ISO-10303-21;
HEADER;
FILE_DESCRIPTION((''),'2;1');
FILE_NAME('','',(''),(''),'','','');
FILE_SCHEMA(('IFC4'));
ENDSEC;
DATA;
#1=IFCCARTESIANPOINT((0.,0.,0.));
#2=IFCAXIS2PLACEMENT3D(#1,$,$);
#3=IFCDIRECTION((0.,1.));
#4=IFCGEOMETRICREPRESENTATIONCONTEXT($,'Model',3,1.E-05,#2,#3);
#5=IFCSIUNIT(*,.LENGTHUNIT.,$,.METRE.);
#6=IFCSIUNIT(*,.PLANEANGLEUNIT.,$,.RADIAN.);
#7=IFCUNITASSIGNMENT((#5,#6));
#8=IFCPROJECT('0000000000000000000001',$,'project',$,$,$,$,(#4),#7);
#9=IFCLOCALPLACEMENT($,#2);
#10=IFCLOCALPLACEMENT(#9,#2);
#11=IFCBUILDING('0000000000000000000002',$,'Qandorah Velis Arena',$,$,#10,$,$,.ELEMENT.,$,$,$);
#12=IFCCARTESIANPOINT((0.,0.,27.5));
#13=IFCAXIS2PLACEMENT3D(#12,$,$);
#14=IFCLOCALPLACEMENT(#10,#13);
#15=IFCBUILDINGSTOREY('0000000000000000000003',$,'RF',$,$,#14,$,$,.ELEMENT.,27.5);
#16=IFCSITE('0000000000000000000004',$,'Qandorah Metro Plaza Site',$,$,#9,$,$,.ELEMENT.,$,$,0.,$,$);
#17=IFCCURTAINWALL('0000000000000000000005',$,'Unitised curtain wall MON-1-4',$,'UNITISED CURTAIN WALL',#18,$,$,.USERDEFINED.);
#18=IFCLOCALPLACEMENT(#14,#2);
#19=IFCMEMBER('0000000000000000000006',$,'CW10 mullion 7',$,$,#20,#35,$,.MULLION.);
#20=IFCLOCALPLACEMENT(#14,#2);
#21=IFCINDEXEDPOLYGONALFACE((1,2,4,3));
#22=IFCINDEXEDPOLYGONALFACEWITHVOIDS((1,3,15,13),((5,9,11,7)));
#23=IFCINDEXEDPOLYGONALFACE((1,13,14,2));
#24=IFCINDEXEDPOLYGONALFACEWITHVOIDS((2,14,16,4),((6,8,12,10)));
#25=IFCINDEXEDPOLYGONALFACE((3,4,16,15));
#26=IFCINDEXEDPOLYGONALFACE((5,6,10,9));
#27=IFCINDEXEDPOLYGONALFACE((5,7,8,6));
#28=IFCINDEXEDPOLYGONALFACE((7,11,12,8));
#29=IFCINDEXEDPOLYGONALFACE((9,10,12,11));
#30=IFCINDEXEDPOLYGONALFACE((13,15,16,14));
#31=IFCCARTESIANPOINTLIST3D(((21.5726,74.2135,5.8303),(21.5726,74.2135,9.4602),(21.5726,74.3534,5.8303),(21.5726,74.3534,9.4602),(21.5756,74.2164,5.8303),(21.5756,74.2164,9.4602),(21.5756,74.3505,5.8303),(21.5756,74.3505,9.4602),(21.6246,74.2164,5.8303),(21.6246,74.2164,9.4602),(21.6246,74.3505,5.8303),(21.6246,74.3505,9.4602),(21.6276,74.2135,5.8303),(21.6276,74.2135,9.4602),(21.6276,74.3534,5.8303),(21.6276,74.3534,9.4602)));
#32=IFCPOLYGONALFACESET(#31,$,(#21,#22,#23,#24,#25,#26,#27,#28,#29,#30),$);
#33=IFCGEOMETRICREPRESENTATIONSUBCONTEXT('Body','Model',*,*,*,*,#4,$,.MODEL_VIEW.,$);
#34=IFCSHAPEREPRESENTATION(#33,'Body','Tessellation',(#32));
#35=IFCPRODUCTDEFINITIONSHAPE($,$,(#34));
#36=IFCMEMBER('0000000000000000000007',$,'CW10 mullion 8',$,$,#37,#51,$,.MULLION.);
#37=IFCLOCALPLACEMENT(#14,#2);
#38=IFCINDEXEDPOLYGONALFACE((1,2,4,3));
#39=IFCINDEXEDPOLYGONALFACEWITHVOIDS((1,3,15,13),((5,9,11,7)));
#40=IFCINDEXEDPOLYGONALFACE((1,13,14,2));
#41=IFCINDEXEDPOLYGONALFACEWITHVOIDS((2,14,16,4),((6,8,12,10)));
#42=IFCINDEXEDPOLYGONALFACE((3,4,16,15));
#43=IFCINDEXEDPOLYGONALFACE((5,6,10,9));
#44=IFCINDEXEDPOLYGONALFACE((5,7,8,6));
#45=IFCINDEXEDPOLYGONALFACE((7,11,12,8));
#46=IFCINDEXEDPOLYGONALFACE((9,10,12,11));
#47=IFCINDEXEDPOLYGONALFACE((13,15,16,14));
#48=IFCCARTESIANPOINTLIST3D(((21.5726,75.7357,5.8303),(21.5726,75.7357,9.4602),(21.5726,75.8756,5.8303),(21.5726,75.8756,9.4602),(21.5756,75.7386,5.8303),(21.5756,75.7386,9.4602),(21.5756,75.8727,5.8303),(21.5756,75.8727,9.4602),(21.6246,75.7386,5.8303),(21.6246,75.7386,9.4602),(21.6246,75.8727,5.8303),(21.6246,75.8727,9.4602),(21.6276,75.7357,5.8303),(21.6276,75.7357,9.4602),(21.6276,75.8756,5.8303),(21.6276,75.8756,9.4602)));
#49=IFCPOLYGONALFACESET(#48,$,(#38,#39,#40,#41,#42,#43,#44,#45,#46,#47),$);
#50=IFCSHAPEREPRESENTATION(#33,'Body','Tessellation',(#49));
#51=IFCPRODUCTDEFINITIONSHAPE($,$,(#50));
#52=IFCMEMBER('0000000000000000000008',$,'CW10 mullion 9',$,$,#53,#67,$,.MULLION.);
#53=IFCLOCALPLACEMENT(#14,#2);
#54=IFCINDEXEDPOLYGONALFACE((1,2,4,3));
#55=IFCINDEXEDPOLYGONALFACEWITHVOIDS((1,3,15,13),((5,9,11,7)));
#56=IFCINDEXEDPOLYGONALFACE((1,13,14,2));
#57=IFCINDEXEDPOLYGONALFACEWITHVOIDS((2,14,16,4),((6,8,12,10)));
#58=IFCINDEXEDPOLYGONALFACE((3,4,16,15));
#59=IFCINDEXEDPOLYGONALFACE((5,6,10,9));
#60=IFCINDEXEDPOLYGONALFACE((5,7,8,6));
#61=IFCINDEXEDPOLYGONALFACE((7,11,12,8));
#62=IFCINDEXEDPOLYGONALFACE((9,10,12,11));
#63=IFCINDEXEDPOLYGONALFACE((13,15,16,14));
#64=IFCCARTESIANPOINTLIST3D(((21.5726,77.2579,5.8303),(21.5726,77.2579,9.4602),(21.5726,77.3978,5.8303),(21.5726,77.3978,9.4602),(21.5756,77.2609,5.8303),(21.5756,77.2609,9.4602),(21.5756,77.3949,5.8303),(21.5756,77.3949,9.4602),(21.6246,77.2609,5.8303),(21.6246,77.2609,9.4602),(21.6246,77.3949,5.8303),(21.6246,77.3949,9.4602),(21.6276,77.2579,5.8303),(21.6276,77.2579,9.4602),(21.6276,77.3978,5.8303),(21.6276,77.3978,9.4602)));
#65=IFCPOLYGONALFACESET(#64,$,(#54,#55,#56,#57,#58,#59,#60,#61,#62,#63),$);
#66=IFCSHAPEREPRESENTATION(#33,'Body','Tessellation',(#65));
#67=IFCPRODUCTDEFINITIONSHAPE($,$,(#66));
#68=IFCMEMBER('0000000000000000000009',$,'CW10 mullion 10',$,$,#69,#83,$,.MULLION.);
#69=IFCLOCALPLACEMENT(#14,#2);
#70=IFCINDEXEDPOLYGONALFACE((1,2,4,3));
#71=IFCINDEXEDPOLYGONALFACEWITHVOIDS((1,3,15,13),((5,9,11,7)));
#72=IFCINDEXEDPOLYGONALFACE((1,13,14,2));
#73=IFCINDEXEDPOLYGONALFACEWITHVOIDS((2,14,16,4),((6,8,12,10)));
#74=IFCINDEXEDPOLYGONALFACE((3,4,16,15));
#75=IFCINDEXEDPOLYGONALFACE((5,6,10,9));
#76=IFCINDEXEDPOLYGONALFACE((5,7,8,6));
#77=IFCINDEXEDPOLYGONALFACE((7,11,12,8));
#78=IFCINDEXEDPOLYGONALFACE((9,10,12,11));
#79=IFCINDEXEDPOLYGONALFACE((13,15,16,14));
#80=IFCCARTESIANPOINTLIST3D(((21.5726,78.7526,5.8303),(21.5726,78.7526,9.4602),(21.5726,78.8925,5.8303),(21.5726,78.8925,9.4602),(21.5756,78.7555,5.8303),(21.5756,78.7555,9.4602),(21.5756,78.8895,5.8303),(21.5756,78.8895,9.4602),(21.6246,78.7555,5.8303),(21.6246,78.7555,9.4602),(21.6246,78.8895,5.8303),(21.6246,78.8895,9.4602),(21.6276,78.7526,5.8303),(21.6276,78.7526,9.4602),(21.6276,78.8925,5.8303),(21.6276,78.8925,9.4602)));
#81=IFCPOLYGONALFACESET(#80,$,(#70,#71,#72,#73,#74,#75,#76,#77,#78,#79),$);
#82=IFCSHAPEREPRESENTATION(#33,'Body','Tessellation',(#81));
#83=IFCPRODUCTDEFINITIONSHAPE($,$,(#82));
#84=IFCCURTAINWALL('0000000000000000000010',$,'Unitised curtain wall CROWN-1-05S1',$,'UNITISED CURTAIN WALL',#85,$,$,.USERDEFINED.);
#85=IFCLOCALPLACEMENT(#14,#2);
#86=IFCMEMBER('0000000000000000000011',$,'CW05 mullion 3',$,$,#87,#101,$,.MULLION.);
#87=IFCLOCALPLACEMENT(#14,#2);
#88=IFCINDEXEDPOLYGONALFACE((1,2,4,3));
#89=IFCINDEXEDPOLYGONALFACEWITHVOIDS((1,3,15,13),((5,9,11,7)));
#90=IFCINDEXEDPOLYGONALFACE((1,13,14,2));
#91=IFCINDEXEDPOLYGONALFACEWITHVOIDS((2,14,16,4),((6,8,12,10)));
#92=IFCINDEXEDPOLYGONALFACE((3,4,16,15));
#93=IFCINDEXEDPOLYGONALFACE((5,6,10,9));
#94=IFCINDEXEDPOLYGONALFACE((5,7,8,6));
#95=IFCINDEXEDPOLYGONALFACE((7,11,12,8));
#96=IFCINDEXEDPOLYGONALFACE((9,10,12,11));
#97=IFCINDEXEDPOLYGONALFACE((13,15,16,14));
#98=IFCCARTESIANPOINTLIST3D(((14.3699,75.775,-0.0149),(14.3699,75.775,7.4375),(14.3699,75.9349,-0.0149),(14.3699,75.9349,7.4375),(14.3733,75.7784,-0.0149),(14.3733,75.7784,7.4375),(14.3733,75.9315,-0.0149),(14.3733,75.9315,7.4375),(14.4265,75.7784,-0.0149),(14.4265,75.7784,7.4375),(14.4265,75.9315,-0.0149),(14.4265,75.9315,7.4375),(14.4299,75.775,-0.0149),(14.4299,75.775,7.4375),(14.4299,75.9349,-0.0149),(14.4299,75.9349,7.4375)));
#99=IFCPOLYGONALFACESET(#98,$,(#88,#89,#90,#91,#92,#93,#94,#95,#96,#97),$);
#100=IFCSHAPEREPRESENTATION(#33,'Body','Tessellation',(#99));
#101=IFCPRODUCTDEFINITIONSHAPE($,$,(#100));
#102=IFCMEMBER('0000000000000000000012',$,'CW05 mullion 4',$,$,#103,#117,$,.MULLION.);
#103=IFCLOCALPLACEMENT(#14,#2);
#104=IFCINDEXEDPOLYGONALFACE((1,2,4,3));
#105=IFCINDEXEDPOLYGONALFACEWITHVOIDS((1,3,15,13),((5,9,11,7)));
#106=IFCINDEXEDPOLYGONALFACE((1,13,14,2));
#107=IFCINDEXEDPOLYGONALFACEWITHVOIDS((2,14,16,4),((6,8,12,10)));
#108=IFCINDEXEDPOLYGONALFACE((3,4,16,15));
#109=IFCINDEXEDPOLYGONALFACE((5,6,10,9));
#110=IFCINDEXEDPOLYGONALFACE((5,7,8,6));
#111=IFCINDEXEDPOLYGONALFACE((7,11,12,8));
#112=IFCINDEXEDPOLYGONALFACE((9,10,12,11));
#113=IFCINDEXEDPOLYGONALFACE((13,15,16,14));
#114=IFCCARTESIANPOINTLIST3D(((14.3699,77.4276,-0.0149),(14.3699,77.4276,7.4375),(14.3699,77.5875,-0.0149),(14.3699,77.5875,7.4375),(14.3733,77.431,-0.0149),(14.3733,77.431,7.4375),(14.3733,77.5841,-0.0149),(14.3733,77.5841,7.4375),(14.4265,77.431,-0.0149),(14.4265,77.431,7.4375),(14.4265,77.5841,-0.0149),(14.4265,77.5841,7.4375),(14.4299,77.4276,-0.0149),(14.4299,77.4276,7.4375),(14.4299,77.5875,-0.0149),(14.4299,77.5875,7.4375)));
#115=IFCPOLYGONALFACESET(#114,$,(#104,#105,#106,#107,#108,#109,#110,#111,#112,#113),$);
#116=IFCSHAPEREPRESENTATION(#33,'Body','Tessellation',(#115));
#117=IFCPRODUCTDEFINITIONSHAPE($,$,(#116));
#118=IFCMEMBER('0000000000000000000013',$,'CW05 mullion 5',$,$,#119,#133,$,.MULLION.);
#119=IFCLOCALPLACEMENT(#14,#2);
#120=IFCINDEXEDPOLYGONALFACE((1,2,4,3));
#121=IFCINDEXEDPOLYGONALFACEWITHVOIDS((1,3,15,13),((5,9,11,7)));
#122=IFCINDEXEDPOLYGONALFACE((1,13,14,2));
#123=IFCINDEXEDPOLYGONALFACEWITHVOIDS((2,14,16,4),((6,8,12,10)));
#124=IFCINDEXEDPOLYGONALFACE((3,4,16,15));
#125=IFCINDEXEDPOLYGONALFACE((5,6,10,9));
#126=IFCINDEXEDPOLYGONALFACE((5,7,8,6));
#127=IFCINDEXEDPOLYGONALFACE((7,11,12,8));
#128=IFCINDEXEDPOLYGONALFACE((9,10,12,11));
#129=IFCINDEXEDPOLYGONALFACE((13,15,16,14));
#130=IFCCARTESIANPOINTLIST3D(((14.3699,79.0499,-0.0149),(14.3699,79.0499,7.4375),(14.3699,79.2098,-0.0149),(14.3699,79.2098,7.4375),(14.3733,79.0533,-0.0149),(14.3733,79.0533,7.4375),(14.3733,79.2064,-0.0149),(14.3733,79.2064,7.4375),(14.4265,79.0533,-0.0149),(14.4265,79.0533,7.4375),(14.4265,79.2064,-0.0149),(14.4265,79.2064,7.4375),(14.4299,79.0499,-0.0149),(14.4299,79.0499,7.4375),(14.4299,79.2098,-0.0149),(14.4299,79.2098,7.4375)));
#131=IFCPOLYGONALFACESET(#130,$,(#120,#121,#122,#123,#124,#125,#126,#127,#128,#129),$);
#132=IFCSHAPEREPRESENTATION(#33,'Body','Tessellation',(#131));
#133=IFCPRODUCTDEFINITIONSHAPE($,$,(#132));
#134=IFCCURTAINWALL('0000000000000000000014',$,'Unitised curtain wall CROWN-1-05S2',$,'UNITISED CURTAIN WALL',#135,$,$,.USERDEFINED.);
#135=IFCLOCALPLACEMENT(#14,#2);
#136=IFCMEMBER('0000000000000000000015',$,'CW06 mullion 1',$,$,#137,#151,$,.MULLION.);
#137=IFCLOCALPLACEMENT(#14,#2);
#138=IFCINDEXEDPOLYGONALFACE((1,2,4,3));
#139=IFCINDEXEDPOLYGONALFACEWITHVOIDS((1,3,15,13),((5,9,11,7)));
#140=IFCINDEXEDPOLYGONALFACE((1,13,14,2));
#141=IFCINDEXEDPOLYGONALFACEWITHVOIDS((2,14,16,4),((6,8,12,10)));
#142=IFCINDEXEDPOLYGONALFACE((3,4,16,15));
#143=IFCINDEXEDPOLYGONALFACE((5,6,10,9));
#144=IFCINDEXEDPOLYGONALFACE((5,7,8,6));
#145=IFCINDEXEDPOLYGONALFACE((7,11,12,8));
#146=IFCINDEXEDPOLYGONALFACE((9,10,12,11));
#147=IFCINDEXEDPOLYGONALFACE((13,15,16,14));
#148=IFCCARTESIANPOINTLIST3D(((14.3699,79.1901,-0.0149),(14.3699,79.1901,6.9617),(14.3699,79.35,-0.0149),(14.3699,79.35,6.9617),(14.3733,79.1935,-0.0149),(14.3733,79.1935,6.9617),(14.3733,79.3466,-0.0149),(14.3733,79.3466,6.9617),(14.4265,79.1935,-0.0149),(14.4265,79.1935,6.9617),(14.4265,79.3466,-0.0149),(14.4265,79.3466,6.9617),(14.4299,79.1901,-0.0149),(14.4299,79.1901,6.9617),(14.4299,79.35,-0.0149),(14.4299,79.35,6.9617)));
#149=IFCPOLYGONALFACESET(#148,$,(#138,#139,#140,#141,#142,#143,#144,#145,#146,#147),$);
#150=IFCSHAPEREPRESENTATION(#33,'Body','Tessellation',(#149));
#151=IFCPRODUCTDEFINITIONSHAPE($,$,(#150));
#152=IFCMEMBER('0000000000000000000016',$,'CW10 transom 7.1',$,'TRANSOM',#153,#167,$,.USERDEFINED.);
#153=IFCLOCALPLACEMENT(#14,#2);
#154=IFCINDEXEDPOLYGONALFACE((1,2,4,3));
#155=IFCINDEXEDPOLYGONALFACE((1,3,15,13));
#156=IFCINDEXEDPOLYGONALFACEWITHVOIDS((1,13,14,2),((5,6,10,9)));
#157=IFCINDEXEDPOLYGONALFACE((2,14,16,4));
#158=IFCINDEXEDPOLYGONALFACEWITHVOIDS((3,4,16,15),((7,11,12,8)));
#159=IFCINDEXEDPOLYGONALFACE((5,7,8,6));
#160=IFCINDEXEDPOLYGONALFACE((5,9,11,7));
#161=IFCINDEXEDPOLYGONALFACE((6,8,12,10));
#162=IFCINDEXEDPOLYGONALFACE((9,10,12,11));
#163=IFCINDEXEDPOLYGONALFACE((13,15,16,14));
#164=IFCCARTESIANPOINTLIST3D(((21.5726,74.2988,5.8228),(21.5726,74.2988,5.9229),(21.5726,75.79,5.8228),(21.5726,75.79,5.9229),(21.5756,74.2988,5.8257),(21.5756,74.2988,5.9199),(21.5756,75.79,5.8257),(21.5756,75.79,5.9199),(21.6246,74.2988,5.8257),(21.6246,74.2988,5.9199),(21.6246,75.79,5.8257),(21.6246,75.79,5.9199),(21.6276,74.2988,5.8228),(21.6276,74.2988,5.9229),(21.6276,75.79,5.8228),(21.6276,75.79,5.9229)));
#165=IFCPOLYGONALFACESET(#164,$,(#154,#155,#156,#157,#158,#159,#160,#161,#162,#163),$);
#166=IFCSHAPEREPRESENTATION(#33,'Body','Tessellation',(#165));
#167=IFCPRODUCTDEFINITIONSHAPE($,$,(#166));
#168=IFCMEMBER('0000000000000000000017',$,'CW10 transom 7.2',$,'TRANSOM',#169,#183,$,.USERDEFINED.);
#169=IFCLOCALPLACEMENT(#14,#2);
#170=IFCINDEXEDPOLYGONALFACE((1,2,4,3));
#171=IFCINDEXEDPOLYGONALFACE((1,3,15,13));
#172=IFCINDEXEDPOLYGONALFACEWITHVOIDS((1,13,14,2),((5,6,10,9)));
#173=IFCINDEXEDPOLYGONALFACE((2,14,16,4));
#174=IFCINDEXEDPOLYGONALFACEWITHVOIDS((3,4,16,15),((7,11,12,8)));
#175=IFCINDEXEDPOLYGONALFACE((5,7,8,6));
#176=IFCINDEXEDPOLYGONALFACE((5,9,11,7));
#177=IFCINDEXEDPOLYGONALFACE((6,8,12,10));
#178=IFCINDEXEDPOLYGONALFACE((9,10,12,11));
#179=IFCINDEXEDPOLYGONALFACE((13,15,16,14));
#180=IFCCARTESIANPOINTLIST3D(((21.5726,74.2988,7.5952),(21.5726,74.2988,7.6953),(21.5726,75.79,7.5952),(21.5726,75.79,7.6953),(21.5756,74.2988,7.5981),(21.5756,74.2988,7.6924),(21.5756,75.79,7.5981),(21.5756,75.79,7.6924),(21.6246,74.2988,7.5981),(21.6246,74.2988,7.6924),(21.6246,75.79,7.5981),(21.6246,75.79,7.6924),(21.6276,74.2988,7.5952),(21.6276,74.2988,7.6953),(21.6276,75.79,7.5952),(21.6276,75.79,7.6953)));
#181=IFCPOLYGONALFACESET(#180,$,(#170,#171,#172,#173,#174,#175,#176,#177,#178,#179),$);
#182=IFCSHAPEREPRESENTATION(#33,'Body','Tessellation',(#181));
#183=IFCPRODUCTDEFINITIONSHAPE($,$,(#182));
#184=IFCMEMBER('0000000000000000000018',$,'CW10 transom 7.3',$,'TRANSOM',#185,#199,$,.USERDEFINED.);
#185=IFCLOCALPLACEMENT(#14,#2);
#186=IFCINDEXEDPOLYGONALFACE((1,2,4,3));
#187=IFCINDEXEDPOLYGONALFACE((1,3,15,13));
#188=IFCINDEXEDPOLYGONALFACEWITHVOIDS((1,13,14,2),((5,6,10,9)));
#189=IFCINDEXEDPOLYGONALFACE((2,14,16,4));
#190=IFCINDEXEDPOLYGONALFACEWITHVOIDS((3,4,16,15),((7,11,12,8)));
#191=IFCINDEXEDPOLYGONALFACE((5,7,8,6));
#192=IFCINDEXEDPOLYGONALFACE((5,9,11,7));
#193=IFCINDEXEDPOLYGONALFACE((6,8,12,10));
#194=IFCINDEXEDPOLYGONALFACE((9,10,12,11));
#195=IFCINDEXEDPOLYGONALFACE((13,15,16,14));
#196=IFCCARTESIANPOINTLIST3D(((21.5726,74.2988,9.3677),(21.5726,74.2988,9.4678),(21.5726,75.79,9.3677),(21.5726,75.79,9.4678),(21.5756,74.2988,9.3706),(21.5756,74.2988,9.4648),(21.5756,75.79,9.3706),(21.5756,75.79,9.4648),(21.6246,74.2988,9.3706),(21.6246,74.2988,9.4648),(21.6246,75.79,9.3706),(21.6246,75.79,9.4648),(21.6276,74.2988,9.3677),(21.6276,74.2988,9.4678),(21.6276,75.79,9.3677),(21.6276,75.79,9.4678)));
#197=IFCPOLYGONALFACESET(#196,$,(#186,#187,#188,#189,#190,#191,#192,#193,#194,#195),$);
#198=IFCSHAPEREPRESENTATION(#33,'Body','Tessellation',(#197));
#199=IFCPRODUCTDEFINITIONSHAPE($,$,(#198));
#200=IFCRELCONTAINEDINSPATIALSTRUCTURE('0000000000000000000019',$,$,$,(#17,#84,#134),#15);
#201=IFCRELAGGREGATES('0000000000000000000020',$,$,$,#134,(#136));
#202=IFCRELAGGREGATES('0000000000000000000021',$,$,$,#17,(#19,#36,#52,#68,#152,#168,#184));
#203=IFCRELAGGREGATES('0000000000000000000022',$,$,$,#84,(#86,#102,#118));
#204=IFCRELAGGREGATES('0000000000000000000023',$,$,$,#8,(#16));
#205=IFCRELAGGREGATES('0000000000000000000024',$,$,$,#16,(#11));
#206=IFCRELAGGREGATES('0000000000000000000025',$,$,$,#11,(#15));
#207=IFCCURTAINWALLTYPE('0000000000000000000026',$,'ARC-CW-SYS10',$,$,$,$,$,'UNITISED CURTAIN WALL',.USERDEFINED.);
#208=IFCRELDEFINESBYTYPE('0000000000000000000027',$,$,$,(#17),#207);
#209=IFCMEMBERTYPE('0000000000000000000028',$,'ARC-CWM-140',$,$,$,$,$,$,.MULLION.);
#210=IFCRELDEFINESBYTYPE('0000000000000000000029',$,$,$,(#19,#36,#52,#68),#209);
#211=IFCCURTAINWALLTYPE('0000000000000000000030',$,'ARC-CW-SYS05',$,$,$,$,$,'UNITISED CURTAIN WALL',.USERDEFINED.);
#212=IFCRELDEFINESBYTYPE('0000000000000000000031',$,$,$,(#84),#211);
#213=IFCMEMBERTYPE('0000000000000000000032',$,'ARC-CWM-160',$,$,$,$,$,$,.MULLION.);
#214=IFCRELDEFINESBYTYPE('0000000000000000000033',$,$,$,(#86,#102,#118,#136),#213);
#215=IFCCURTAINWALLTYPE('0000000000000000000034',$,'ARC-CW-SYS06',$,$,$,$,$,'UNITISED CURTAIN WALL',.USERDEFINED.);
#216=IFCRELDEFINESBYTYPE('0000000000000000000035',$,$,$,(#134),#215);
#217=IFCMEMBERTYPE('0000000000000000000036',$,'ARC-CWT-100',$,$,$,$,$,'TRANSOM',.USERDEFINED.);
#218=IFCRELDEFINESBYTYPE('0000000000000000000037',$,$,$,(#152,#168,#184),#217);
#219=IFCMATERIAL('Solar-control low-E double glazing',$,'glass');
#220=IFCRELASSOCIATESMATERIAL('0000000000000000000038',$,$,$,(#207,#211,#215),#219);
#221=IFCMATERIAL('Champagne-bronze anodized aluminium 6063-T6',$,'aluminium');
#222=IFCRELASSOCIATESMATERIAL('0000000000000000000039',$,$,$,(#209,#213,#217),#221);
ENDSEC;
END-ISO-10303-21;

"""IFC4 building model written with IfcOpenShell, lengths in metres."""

from ifc_helpers import new_model, si_unit, direction, frame, origin, origin_2d, place, context, subcontext, project, spatial, hollow_rectangle, extrude, material, material_profile, profile_set, type_object, element, aggregate, save


model = new_model("IFC4")

# Units and contexts
model_context = context("Model", 3, precision=1e-05, world=origin(), true_north=direction((0.0, 1.0)))
body_context = subcontext(model_context, "Body", "Model", "MODEL_VIEW")
ifc_project = project(units=[si_unit("LENGTHUNIT", "METRE"), si_unit("PLANEANGLEUNIT", "RADIAN")], contexts=[model_context])

# Site, building, storey
site_placement = place(None, origin())
site = spatial("IfcSite", under=ifc_project, at=site_placement, Name="Qandorah Metro Plaza Site", CompositionType="ELEMENT", RefElevation=0.0)
building_placement = place(site_placement, origin())
building = spatial("IfcBuilding", under=site, at=building_placement, Name="Qandorah Velis Arena", CompositionType="ELEMENT")
storey_placement = place(building_placement, frame((0.0, 0.0, 27.5)))
storey = spatial("IfcBuildingStorey", under=building, at=storey_placement, Name="RF", CompositionType="ELEMENT", Elevation=27.5)

# Curtain walls, members
ifc_material_1 = material(Name="Solar-control low-E double glazing", Category="glass")
curtain_wall_type_1 = type_object("IfcCurtainWallType", Name="ARC-CW-SYS10", ElementType="UNITISED CURTAIN WALL", PredefinedType="USERDEFINED", material=ifc_material_1)
curtain_wall_1_placement = place(storey_placement, origin())
curtain_wall_1 = element("IfcCurtainWall", 1, at=curtain_wall_1_placement, inside=storey, type_object=curtain_wall_type_1, Name="Unitised curtain wall MON-1-4", ObjectType="UNITISED CURTAIN WALL", PredefinedType="USERDEFINED")
ifc_material_2 = material(Name="Champagne-bronze anodized aluminium 6063-T6", Category="aluminium")
ifc_material_profile_1 = material_profile(ifc_material_2, hollow_rectangle(XDim=0.0549, YDim=0.1399, WallThickness=0.0029, at=origin_2d()), Name="ALU MULLION 55x140")
ifc_profile_set_1 = profile_set([ifc_material_profile_1], Name="Champagne-bronze anodized aluminium 6063-T6")
member_type_1 = type_object("IfcMemberType", Name="ARC-CWM-140", PredefinedType="MULLION", material=ifc_profile_set_1)
member_1_placement = place(storey_placement, frame((21.6001, 74.2834, 5.8303), z_axis=(0.0, 0.0, 1.0), x_axis=(-1.0, 0.0, 0.0)))
member_1 = element("IfcMember", 2, at=member_1_placement, type_object=member_type_1, Name="CW10 mullion 7", PredefinedType="MULLION", context=body_context, shape_type="SweptSolid", body=[
    extrude(hollow_rectangle(XDim=0.0549, YDim=0.1399, WallThickness=0.0029, at=origin_2d()), origin(), (0.0, 0.0, 1.0), 3.6299),
])
member_2_placement = place(storey_placement, frame((21.6001, 75.8057, 5.8303), z_axis=(0.0, 0.0, 1.0), x_axis=(-1.0, 0.0, 0.0)))
member_2 = element("IfcMember", 3, at=member_2_placement, type_object=member_type_1, Name="CW10 mullion 8", PredefinedType="MULLION", context=body_context, shape_type="SweptSolid", body=[
    extrude(hollow_rectangle(XDim=0.0549, YDim=0.1399, WallThickness=0.0029, at=origin_2d()), origin(), (0.0, 0.0, 1.0), 3.6299),
])
member_3_placement = place(storey_placement, frame((21.6001, 77.3279, 5.8303), z_axis=(0.0, 0.0, 1.0), x_axis=(-1.0, 0.0, 0.0)))
member_3 = element("IfcMember", 4, at=member_3_placement, type_object=member_type_1, Name="CW10 mullion 9", PredefinedType="MULLION", context=body_context, shape_type="SweptSolid", body=[
    extrude(hollow_rectangle(XDim=0.0549, YDim=0.1399, WallThickness=0.0029, at=origin_2d()), origin(), (0.0, 0.0, 1.0), 3.6299),
])
member_4_placement = place(storey_placement, frame((21.6001, 78.8225, 5.8303), z_axis=(0.0, 0.0, 1.0), x_axis=(-1.0, 0.0, 0.0)))
member_4 = element("IfcMember", 5, at=member_4_placement, type_object=member_type_1, Name="CW10 mullion 10", PredefinedType="MULLION", context=body_context, shape_type="SweptSolid", body=[
    extrude(hollow_rectangle(XDim=0.0549, YDim=0.1399, WallThickness=0.0029, at=origin_2d()), origin(), (0.0, 0.0, 1.0), 3.6299),
])
curtain_wall_type_2 = type_object("IfcCurtainWallType", Name="ARC-CW-SYS05", ElementType="UNITISED CURTAIN WALL", PredefinedType="USERDEFINED", material=ifc_material_1)
curtain_wall_2_placement = place(storey_placement, origin())
curtain_wall_2 = element("IfcCurtainWall", 6, at=curtain_wall_2_placement, inside=storey, type_object=curtain_wall_type_2, Name="Unitised curtain wall CROWN-1-05S1", ObjectType="UNITISED CURTAIN WALL", PredefinedType="USERDEFINED")
ifc_material_profile_2 = material_profile(ifc_material_2, hollow_rectangle(XDim=0.0601, YDim=0.1599, WallThickness=0.0034, at=origin_2d()), Name="ALU MULLION 60x160")
ifc_profile_set_2 = profile_set([ifc_material_profile_2], Name="Champagne-bronze anodized aluminium 6063-T6")
member_type_2 = type_object("IfcMemberType", Name="ARC-CWM-160", PredefinedType="MULLION", material=ifc_profile_set_2)
member_5_placement = place(storey_placement, frame((14.3999, 75.855, -0.0149), z_axis=(0.0, 0.0, 1.0), x_axis=(-1.0, 0.0, 0.0)))
member_5 = element("IfcMember", 7, at=member_5_placement, type_object=member_type_2, Name="CW05 mullion 3", PredefinedType="MULLION", context=body_context, shape_type="SweptSolid", body=[
    extrude(hollow_rectangle(XDim=0.0601, YDim=0.1599, WallThickness=0.0034, at=origin_2d()), origin(), (0.0, 0.0, 1.0), 7.4524),
])
member_6_placement = place(storey_placement, frame((14.3999, 77.5076, -0.0149), z_axis=(0.0, 0.0, 1.0), x_axis=(-1.0, 0.0, 0.0)))
member_6 = element("IfcMember", 8, at=member_6_placement, type_object=member_type_2, Name="CW05 mullion 4", PredefinedType="MULLION", context=body_context, shape_type="SweptSolid", body=[
    extrude(hollow_rectangle(XDim=0.0601, YDim=0.1599, WallThickness=0.0034, at=origin_2d()), origin(), (0.0, 0.0, 1.0), 7.4524),
])
member_7_placement = place(storey_placement, frame((14.3999, 79.1299, -0.0149), z_axis=(0.0, 0.0, 1.0), x_axis=(-1.0, 0.0, 0.0)))
member_7 = element("IfcMember", 9, at=member_7_placement, type_object=member_type_2, Name="CW05 mullion 5", PredefinedType="MULLION", context=body_context, shape_type="SweptSolid", body=[
    extrude(hollow_rectangle(XDim=0.0601, YDim=0.1599, WallThickness=0.0034, at=origin_2d()), origin(), (0.0, 0.0, 1.0), 7.4524),
])

# Curtain wall, member
curtain_wall_type_3 = type_object("IfcCurtainWallType", Name="ARC-CW-SYS06", ElementType="UNITISED CURTAIN WALL", PredefinedType="USERDEFINED", material=ifc_material_1)
curtain_wall_3_placement = place(storey_placement, origin())
curtain_wall_3 = element("IfcCurtainWall", 10, at=curtain_wall_3_placement, inside=storey, type_object=curtain_wall_type_3, Name="Unitised curtain wall CROWN-1-05S2", ObjectType="UNITISED CURTAIN WALL", PredefinedType="USERDEFINED")
member_8_placement = place(storey_placement, frame((14.3999, 79.27, -0.0149), z_axis=(0.0, 0.0, 1.0), x_axis=(-1.0, 0.0, 0.0)))
member_8 = element("IfcMember", 11, at=member_8_placement, type_object=member_type_2, Name="CW06 mullion 1", PredefinedType="MULLION", context=body_context, shape_type="SweptSolid", body=[
    extrude(hollow_rectangle(XDim=0.0601, YDim=0.1599, WallThickness=0.0034, at=origin_2d()), origin(), (0.0, 0.0, 1.0), 6.9766),
])

# Members
ifc_material_profile_3 = material_profile(ifc_material_2, hollow_rectangle(XDim=0.0549, YDim=0.1001, WallThickness=0.0029, at=origin_2d()), Name="ALU TRANSOM 55x100")
ifc_profile_set_3 = profile_set([ifc_material_profile_3], Name="Champagne-bronze anodized aluminium 6063-T6")
member_type_3 = type_object("IfcMemberType", Name="ARC-CWT-100", ElementType="TRANSOM", PredefinedType="USERDEFINED", material=ifc_profile_set_3)
member_9_placement = place(storey_placement, frame((21.6001, 74.2988, 5.8728), z_axis=(0.0, 1.0, 0.0), x_axis=(-1.0, 0.0, 0.0)))
member_9 = element("IfcMember", 12, at=member_9_placement, type_object=member_type_3, Name="CW10 transom 7.1", ObjectType="TRANSOM", PredefinedType="USERDEFINED", context=body_context, shape_type="SweptSolid", body=[
    extrude(hollow_rectangle(XDim=0.0549, YDim=0.1001, WallThickness=0.0029, at=origin_2d()), origin(), (0.0, 0.0, 1.0), 1.4912),
])
member_10_placement = place(storey_placement, frame((21.6001, 74.2988, 7.6453), z_axis=(0.0, 1.0, 0.0), x_axis=(-1.0, 0.0, 0.0)))
member_10 = element("IfcMember", 13, at=member_10_placement, type_object=member_type_3, Name="CW10 transom 7.2", ObjectType="TRANSOM", PredefinedType="USERDEFINED", context=body_context, shape_type="SweptSolid", body=[
    extrude(hollow_rectangle(XDim=0.0549, YDim=0.1001, WallThickness=0.0029, at=origin_2d()), origin(), (0.0, 0.0, 1.0), 1.4912),
])
member_11_placement = place(storey_placement, frame((21.6001, 74.2988, 9.4177), z_axis=(0.0, 1.0, 0.0), x_axis=(-1.0, 0.0, 0.0)))
member_11 = element("IfcMember", 14, at=member_11_placement, type_object=member_type_3, Name="CW10 transom 7.3", ObjectType="TRANSOM", PredefinedType="USERDEFINED", context=body_context, shape_type="SweptSolid", body=[
    extrude(hollow_rectangle(XDim=0.0549, YDim=0.1001, WallThickness=0.0029, at=origin_2d()), origin(), (0.0, 0.0, 1.0), 1.4912),
])
aggregate(curtain_wall_3, [member_8])

aggregate(curtain_wall_1, [member_1, member_2, member_3, member_4, member_9, member_10, member_11])
aggregate(curtain_wall_2, [member_5, member_6, member_7])

save(model, "model.ifc")
